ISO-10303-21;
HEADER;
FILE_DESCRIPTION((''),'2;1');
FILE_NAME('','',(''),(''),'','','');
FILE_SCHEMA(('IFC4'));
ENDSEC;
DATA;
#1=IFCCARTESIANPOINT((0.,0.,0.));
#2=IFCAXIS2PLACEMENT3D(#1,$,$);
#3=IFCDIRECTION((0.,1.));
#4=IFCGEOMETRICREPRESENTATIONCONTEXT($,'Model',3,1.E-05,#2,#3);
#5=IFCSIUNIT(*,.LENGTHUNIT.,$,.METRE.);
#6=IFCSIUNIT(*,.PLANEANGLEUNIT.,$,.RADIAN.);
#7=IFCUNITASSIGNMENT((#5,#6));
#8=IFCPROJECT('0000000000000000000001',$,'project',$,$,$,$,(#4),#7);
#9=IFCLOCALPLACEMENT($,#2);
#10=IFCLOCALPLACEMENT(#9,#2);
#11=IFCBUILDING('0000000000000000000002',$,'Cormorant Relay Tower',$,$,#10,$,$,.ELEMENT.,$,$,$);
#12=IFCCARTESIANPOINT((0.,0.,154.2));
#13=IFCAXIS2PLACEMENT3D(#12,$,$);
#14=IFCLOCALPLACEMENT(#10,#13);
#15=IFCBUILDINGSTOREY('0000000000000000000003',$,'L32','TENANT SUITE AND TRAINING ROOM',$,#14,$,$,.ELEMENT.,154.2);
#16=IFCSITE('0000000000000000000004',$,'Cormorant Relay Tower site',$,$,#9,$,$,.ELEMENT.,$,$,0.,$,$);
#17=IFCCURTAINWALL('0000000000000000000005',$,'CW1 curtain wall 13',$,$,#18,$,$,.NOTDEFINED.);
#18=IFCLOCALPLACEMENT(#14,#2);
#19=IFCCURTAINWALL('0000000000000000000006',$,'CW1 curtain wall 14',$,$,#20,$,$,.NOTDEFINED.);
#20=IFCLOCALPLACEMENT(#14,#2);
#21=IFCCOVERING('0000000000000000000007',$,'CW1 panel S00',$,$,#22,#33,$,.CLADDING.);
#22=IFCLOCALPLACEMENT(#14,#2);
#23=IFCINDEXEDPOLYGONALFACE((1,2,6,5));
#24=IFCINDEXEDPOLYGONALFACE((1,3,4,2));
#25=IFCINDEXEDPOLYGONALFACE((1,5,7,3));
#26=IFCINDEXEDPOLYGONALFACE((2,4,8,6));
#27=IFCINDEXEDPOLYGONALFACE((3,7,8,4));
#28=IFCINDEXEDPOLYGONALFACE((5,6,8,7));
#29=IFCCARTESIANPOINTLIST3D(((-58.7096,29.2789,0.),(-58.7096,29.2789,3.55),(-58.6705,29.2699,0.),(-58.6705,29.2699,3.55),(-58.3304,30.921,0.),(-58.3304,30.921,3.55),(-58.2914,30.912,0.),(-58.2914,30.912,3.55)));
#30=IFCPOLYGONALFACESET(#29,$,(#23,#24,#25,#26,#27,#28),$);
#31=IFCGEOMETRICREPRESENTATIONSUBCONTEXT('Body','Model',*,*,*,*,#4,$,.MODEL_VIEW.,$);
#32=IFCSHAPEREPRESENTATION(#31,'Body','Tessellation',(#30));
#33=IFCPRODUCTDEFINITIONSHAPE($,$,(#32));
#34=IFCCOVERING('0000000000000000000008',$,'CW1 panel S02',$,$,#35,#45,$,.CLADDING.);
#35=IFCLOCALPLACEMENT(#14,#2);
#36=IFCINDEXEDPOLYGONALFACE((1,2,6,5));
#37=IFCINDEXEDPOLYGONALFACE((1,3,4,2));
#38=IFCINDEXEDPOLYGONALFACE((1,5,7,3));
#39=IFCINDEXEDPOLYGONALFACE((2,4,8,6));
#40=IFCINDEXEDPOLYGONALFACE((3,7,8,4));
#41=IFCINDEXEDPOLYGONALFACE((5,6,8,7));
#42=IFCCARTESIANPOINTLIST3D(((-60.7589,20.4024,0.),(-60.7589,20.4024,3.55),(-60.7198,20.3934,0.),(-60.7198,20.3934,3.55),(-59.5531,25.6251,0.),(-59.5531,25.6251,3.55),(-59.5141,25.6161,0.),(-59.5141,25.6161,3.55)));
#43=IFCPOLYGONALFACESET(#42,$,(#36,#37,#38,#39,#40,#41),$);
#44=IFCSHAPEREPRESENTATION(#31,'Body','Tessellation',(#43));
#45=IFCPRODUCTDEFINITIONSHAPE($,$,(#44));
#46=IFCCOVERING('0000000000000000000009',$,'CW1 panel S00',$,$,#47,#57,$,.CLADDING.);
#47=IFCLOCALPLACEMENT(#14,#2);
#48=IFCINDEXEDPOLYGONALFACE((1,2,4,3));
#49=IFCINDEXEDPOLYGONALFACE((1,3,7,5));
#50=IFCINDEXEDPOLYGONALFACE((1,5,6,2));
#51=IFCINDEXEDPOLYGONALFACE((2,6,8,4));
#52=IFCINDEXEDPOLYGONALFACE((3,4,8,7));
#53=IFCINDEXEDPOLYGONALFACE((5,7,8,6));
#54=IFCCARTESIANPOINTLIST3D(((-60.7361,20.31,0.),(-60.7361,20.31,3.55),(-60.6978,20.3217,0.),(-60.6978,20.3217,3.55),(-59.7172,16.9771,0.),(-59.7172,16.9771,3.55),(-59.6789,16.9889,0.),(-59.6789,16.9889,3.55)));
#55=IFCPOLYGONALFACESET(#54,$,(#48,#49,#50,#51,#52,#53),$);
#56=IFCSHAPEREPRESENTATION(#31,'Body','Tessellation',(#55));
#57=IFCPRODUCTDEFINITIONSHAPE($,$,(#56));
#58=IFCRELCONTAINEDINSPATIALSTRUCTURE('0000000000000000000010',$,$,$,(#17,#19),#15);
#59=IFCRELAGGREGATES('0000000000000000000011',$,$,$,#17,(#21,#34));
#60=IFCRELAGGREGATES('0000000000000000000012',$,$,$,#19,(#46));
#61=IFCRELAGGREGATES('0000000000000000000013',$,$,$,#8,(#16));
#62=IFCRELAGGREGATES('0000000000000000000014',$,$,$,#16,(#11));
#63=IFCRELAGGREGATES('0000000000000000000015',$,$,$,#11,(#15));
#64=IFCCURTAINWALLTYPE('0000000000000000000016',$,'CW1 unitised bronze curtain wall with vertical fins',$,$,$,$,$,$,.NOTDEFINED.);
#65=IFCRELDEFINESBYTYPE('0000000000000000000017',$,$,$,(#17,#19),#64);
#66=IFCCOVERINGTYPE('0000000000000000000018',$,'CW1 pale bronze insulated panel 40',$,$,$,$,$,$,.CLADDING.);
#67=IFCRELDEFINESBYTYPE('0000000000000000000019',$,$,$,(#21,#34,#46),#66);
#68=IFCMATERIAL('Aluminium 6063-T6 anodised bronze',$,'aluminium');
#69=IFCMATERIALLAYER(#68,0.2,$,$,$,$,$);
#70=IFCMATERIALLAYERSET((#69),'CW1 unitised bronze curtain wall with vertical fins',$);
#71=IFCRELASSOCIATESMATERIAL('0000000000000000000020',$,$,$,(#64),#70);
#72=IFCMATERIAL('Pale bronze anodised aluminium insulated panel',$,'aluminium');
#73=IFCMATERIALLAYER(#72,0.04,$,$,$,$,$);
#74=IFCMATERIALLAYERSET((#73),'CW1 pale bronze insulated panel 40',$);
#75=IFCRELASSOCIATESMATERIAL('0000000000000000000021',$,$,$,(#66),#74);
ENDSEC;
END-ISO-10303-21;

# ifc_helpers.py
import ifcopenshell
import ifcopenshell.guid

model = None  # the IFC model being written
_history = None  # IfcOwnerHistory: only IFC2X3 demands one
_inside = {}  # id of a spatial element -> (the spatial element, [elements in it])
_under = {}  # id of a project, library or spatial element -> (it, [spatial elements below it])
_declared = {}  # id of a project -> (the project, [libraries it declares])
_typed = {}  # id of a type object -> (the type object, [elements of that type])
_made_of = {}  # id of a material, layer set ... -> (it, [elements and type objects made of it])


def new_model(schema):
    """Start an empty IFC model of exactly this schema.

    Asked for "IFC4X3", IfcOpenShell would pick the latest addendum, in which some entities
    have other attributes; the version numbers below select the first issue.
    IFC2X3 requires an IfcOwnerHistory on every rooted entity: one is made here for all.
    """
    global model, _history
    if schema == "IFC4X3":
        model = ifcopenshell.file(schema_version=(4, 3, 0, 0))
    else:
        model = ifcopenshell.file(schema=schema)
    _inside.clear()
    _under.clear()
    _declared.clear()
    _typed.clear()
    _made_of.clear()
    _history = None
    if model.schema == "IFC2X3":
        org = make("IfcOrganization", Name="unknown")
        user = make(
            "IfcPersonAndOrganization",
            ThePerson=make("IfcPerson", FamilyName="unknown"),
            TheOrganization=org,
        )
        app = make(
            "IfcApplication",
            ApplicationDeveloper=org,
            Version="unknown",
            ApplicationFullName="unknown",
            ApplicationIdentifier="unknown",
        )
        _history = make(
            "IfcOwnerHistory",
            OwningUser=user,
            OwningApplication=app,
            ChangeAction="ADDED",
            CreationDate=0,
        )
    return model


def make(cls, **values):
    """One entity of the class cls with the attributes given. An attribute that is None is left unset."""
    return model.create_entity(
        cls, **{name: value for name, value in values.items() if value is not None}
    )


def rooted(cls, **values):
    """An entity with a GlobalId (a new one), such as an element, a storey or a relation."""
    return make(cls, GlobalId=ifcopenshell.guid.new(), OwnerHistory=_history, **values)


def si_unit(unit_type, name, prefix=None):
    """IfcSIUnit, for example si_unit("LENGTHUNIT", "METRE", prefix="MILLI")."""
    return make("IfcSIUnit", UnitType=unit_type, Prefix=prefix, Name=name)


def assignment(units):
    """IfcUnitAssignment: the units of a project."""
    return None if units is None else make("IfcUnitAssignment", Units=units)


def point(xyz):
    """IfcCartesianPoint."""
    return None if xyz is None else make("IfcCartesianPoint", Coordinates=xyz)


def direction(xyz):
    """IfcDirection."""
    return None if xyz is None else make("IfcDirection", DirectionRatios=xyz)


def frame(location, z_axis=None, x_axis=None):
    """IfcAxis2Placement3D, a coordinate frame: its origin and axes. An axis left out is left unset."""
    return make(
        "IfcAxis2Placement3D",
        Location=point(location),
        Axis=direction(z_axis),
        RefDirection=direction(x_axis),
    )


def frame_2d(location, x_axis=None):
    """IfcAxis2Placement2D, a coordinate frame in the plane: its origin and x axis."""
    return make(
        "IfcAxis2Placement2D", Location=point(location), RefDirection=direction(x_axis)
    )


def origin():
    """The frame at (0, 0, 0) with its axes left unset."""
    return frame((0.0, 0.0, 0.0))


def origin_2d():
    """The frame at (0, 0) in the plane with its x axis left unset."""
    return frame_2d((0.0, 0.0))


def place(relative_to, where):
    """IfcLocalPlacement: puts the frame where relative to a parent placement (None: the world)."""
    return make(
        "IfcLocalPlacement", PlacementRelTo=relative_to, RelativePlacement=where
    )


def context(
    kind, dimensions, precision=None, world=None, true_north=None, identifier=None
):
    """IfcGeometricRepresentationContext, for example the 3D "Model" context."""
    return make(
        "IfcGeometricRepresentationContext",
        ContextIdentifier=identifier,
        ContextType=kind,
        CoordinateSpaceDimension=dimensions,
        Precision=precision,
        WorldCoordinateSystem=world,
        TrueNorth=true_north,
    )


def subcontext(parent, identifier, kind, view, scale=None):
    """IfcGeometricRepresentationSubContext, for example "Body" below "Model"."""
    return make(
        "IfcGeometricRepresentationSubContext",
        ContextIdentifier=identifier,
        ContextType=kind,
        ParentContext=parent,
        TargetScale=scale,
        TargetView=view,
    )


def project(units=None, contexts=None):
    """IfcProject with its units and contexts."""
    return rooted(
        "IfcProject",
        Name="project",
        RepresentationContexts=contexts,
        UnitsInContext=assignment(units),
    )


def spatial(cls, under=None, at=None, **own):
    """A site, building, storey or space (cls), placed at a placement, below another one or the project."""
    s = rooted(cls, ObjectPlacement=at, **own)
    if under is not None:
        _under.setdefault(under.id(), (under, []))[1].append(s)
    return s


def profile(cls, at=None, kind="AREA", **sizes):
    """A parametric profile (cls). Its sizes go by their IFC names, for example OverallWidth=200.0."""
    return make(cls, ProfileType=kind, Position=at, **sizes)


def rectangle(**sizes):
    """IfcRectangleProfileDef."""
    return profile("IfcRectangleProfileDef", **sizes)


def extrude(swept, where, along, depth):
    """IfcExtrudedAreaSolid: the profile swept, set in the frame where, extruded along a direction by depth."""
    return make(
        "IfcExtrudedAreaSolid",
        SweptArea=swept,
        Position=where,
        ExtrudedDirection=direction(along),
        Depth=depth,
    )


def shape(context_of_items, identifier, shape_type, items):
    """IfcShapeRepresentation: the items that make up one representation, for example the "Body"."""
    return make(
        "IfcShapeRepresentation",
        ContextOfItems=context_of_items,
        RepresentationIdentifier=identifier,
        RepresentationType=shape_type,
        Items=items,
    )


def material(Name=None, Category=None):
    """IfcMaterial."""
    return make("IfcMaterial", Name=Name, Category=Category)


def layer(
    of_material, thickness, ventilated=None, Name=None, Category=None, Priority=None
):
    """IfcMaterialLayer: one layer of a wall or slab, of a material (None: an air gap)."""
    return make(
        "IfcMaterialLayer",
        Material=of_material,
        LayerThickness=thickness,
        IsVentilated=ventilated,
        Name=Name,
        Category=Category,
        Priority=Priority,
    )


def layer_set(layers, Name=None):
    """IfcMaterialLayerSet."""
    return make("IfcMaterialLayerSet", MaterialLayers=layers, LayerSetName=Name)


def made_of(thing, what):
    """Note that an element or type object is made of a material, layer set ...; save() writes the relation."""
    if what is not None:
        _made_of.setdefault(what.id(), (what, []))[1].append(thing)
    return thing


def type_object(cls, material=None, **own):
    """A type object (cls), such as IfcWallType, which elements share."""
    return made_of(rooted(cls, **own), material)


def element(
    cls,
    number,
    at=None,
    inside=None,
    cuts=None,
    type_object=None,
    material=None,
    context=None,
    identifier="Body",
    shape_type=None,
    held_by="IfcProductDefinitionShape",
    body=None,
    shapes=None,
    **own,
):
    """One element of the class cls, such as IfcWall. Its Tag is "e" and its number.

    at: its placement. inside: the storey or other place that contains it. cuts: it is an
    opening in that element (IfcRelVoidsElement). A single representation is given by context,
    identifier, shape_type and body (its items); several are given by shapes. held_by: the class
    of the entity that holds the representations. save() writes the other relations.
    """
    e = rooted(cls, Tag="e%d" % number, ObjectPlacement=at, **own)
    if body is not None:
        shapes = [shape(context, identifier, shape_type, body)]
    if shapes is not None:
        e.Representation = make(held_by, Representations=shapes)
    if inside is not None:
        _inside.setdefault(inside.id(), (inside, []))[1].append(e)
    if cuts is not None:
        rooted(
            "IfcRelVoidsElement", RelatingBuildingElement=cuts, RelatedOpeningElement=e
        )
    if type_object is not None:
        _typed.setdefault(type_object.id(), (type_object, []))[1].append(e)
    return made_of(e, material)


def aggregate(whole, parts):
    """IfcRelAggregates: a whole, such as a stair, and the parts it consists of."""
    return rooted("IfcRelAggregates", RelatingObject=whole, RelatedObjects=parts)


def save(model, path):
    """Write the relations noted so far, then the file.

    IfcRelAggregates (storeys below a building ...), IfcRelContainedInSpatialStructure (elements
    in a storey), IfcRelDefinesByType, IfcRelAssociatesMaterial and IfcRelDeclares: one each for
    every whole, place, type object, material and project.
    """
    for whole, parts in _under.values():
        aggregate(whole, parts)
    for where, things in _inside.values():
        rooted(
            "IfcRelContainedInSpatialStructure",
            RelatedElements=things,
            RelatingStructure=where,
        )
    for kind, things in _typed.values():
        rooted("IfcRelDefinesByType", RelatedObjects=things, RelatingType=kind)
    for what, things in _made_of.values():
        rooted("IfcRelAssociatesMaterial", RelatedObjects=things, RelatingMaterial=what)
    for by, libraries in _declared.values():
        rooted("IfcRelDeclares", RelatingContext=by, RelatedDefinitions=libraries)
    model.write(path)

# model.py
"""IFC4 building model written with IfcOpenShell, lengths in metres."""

from ifc_helpers import new_model, si_unit, direction, frame, origin, origin_2d, place, context, subcontext, project, spatial, rectangle, extrude, material, layer, layer_set, type_object, element, aggregate, save


model = new_model("IFC4")

# Units and contexts
model_context = context("Model", 3, precision=1e-05, world=origin(), true_north=direction((0.0, 1.0)))
body_context = subcontext(model_context, "Body", "Model", "MODEL_VIEW")
ifc_project = project(units=[si_unit("LENGTHUNIT", "METRE"), si_unit("PLANEANGLEUNIT", "RADIAN")], contexts=[model_context])

# Site, building, storey
site_placement = place(None, origin())
site = spatial("IfcSite", under=ifc_project, at=site_placement, Name="Cormorant Relay Tower site", CompositionType="ELEMENT", RefElevation=0.0)
building_placement = place(site_placement, origin())
building = spatial("IfcBuilding", under=site, at=building_placement, Name="Cormorant Relay Tower", CompositionType="ELEMENT")
storey_placement = place(building_placement, frame((0.0, 0.0, 154.2)))
storey = spatial("IfcBuildingStorey", under=building, at=storey_placement, Name="L32", Description="TENANT SUITE AND TRAINING ROOM", CompositionType="ELEMENT", Elevation=154.2)

# Curtain walls
ifc_material_1 = material(Name="Aluminium 6063-T6 anodised bronze", Category="aluminium")
ifc_layer_1 = layer(ifc_material_1, 0.2)
ifc_layer_set_1 = layer_set([ifc_layer_1], Name="CW1 unitised bronze curtain wall with vertical fins")
curtain_wall_type = type_object("IfcCurtainWallType", Name="CW1 unitised bronze curtain wall with vertical fins", PredefinedType="NOTDEFINED", material=ifc_layer_set_1)
curtain_wall_1_placement = place(storey_placement, origin())
curtain_wall_1 = element("IfcCurtainWall", 1, at=curtain_wall_1_placement, inside=storey, type_object=curtain_wall_type, Name="CW1 curtain wall 13", PredefinedType="NOTDEFINED")
curtain_wall_2_placement = place(storey_placement, origin())
curtain_wall_2 = element("IfcCurtainWall", 2, at=curtain_wall_2_placement, inside=storey, type_object=curtain_wall_type, Name="CW1 curtain wall 14", PredefinedType="NOTDEFINED")

# Coverings
ifc_material_2 = material(Name="Pale bronze anodised aluminium insulated panel", Category="aluminium")
ifc_layer_2 = layer(ifc_material_2, 0.04)
ifc_layer_set_2 = layer_set([ifc_layer_2], Name="CW1 pale bronze insulated panel 40")
covering_type = type_object("IfcCoveringType", Name="CW1 pale bronze insulated panel 40", PredefinedType="CLADDING", material=ifc_layer_set_2)
covering_1_placement = place(storey_placement, frame((-58.5005, 30.0955, 0.0), z_axis=(0.0, 0.0, 1.0), x_axis=(-0.224951, -0.97437, 0.0)))
covering_1 = element("IfcCovering", 3, at=covering_1_placement, type_object=covering_type, Name="CW1 panel S00", PredefinedType="CLADDING", context=body_context, shape_type="SweptSolid", body=[
    extrude(rectangle(XDim=1.6853, YDim=0.04, at=origin_2d()), origin(), (0.0, 0.0, 1.0), 3.55),
])
covering_2_placement = place(storey_placement, frame((-60.1365, 23.0093, 0.0), z_axis=(0.0, 0.0, 1.0), x_axis=(-0.224951, -0.97437, 0.0)))
covering_2 = element("IfcCovering", 4, at=covering_2_placement, type_object=covering_type, Name="CW1 panel S02", PredefinedType="CLADDING", context=body_context, shape_type="SweptSolid", body=[
    extrude(rectangle(XDim=5.3601, YDim=0.04, at=origin_2d()), origin(), (0.0, 0.0, 1.0), 3.55),
])
aggregate(curtain_wall_1, [covering_1, covering_2])
covering_3_placement = place(storey_placement, frame((-60.2075, 18.6494, 0.0), z_axis=(0.0, 0.0, 1.0), x_axis=(0.292372, -0.956305, 0.0)))
covering_3 = element("IfcCovering", 5, at=covering_3_placement, type_object=covering_type, Name="CW1 panel S00", PredefinedType="CLADDING", context=body_context, shape_type="SweptSolid", body=[
    extrude(rectangle(XDim=3.4851, YDim=0.04, at=origin_2d()), origin(), (0.0, 0.0, 1.0), 3.55),
])
aggregate(curtain_wall_2, [covering_3])

save(model, "model.ifc")
